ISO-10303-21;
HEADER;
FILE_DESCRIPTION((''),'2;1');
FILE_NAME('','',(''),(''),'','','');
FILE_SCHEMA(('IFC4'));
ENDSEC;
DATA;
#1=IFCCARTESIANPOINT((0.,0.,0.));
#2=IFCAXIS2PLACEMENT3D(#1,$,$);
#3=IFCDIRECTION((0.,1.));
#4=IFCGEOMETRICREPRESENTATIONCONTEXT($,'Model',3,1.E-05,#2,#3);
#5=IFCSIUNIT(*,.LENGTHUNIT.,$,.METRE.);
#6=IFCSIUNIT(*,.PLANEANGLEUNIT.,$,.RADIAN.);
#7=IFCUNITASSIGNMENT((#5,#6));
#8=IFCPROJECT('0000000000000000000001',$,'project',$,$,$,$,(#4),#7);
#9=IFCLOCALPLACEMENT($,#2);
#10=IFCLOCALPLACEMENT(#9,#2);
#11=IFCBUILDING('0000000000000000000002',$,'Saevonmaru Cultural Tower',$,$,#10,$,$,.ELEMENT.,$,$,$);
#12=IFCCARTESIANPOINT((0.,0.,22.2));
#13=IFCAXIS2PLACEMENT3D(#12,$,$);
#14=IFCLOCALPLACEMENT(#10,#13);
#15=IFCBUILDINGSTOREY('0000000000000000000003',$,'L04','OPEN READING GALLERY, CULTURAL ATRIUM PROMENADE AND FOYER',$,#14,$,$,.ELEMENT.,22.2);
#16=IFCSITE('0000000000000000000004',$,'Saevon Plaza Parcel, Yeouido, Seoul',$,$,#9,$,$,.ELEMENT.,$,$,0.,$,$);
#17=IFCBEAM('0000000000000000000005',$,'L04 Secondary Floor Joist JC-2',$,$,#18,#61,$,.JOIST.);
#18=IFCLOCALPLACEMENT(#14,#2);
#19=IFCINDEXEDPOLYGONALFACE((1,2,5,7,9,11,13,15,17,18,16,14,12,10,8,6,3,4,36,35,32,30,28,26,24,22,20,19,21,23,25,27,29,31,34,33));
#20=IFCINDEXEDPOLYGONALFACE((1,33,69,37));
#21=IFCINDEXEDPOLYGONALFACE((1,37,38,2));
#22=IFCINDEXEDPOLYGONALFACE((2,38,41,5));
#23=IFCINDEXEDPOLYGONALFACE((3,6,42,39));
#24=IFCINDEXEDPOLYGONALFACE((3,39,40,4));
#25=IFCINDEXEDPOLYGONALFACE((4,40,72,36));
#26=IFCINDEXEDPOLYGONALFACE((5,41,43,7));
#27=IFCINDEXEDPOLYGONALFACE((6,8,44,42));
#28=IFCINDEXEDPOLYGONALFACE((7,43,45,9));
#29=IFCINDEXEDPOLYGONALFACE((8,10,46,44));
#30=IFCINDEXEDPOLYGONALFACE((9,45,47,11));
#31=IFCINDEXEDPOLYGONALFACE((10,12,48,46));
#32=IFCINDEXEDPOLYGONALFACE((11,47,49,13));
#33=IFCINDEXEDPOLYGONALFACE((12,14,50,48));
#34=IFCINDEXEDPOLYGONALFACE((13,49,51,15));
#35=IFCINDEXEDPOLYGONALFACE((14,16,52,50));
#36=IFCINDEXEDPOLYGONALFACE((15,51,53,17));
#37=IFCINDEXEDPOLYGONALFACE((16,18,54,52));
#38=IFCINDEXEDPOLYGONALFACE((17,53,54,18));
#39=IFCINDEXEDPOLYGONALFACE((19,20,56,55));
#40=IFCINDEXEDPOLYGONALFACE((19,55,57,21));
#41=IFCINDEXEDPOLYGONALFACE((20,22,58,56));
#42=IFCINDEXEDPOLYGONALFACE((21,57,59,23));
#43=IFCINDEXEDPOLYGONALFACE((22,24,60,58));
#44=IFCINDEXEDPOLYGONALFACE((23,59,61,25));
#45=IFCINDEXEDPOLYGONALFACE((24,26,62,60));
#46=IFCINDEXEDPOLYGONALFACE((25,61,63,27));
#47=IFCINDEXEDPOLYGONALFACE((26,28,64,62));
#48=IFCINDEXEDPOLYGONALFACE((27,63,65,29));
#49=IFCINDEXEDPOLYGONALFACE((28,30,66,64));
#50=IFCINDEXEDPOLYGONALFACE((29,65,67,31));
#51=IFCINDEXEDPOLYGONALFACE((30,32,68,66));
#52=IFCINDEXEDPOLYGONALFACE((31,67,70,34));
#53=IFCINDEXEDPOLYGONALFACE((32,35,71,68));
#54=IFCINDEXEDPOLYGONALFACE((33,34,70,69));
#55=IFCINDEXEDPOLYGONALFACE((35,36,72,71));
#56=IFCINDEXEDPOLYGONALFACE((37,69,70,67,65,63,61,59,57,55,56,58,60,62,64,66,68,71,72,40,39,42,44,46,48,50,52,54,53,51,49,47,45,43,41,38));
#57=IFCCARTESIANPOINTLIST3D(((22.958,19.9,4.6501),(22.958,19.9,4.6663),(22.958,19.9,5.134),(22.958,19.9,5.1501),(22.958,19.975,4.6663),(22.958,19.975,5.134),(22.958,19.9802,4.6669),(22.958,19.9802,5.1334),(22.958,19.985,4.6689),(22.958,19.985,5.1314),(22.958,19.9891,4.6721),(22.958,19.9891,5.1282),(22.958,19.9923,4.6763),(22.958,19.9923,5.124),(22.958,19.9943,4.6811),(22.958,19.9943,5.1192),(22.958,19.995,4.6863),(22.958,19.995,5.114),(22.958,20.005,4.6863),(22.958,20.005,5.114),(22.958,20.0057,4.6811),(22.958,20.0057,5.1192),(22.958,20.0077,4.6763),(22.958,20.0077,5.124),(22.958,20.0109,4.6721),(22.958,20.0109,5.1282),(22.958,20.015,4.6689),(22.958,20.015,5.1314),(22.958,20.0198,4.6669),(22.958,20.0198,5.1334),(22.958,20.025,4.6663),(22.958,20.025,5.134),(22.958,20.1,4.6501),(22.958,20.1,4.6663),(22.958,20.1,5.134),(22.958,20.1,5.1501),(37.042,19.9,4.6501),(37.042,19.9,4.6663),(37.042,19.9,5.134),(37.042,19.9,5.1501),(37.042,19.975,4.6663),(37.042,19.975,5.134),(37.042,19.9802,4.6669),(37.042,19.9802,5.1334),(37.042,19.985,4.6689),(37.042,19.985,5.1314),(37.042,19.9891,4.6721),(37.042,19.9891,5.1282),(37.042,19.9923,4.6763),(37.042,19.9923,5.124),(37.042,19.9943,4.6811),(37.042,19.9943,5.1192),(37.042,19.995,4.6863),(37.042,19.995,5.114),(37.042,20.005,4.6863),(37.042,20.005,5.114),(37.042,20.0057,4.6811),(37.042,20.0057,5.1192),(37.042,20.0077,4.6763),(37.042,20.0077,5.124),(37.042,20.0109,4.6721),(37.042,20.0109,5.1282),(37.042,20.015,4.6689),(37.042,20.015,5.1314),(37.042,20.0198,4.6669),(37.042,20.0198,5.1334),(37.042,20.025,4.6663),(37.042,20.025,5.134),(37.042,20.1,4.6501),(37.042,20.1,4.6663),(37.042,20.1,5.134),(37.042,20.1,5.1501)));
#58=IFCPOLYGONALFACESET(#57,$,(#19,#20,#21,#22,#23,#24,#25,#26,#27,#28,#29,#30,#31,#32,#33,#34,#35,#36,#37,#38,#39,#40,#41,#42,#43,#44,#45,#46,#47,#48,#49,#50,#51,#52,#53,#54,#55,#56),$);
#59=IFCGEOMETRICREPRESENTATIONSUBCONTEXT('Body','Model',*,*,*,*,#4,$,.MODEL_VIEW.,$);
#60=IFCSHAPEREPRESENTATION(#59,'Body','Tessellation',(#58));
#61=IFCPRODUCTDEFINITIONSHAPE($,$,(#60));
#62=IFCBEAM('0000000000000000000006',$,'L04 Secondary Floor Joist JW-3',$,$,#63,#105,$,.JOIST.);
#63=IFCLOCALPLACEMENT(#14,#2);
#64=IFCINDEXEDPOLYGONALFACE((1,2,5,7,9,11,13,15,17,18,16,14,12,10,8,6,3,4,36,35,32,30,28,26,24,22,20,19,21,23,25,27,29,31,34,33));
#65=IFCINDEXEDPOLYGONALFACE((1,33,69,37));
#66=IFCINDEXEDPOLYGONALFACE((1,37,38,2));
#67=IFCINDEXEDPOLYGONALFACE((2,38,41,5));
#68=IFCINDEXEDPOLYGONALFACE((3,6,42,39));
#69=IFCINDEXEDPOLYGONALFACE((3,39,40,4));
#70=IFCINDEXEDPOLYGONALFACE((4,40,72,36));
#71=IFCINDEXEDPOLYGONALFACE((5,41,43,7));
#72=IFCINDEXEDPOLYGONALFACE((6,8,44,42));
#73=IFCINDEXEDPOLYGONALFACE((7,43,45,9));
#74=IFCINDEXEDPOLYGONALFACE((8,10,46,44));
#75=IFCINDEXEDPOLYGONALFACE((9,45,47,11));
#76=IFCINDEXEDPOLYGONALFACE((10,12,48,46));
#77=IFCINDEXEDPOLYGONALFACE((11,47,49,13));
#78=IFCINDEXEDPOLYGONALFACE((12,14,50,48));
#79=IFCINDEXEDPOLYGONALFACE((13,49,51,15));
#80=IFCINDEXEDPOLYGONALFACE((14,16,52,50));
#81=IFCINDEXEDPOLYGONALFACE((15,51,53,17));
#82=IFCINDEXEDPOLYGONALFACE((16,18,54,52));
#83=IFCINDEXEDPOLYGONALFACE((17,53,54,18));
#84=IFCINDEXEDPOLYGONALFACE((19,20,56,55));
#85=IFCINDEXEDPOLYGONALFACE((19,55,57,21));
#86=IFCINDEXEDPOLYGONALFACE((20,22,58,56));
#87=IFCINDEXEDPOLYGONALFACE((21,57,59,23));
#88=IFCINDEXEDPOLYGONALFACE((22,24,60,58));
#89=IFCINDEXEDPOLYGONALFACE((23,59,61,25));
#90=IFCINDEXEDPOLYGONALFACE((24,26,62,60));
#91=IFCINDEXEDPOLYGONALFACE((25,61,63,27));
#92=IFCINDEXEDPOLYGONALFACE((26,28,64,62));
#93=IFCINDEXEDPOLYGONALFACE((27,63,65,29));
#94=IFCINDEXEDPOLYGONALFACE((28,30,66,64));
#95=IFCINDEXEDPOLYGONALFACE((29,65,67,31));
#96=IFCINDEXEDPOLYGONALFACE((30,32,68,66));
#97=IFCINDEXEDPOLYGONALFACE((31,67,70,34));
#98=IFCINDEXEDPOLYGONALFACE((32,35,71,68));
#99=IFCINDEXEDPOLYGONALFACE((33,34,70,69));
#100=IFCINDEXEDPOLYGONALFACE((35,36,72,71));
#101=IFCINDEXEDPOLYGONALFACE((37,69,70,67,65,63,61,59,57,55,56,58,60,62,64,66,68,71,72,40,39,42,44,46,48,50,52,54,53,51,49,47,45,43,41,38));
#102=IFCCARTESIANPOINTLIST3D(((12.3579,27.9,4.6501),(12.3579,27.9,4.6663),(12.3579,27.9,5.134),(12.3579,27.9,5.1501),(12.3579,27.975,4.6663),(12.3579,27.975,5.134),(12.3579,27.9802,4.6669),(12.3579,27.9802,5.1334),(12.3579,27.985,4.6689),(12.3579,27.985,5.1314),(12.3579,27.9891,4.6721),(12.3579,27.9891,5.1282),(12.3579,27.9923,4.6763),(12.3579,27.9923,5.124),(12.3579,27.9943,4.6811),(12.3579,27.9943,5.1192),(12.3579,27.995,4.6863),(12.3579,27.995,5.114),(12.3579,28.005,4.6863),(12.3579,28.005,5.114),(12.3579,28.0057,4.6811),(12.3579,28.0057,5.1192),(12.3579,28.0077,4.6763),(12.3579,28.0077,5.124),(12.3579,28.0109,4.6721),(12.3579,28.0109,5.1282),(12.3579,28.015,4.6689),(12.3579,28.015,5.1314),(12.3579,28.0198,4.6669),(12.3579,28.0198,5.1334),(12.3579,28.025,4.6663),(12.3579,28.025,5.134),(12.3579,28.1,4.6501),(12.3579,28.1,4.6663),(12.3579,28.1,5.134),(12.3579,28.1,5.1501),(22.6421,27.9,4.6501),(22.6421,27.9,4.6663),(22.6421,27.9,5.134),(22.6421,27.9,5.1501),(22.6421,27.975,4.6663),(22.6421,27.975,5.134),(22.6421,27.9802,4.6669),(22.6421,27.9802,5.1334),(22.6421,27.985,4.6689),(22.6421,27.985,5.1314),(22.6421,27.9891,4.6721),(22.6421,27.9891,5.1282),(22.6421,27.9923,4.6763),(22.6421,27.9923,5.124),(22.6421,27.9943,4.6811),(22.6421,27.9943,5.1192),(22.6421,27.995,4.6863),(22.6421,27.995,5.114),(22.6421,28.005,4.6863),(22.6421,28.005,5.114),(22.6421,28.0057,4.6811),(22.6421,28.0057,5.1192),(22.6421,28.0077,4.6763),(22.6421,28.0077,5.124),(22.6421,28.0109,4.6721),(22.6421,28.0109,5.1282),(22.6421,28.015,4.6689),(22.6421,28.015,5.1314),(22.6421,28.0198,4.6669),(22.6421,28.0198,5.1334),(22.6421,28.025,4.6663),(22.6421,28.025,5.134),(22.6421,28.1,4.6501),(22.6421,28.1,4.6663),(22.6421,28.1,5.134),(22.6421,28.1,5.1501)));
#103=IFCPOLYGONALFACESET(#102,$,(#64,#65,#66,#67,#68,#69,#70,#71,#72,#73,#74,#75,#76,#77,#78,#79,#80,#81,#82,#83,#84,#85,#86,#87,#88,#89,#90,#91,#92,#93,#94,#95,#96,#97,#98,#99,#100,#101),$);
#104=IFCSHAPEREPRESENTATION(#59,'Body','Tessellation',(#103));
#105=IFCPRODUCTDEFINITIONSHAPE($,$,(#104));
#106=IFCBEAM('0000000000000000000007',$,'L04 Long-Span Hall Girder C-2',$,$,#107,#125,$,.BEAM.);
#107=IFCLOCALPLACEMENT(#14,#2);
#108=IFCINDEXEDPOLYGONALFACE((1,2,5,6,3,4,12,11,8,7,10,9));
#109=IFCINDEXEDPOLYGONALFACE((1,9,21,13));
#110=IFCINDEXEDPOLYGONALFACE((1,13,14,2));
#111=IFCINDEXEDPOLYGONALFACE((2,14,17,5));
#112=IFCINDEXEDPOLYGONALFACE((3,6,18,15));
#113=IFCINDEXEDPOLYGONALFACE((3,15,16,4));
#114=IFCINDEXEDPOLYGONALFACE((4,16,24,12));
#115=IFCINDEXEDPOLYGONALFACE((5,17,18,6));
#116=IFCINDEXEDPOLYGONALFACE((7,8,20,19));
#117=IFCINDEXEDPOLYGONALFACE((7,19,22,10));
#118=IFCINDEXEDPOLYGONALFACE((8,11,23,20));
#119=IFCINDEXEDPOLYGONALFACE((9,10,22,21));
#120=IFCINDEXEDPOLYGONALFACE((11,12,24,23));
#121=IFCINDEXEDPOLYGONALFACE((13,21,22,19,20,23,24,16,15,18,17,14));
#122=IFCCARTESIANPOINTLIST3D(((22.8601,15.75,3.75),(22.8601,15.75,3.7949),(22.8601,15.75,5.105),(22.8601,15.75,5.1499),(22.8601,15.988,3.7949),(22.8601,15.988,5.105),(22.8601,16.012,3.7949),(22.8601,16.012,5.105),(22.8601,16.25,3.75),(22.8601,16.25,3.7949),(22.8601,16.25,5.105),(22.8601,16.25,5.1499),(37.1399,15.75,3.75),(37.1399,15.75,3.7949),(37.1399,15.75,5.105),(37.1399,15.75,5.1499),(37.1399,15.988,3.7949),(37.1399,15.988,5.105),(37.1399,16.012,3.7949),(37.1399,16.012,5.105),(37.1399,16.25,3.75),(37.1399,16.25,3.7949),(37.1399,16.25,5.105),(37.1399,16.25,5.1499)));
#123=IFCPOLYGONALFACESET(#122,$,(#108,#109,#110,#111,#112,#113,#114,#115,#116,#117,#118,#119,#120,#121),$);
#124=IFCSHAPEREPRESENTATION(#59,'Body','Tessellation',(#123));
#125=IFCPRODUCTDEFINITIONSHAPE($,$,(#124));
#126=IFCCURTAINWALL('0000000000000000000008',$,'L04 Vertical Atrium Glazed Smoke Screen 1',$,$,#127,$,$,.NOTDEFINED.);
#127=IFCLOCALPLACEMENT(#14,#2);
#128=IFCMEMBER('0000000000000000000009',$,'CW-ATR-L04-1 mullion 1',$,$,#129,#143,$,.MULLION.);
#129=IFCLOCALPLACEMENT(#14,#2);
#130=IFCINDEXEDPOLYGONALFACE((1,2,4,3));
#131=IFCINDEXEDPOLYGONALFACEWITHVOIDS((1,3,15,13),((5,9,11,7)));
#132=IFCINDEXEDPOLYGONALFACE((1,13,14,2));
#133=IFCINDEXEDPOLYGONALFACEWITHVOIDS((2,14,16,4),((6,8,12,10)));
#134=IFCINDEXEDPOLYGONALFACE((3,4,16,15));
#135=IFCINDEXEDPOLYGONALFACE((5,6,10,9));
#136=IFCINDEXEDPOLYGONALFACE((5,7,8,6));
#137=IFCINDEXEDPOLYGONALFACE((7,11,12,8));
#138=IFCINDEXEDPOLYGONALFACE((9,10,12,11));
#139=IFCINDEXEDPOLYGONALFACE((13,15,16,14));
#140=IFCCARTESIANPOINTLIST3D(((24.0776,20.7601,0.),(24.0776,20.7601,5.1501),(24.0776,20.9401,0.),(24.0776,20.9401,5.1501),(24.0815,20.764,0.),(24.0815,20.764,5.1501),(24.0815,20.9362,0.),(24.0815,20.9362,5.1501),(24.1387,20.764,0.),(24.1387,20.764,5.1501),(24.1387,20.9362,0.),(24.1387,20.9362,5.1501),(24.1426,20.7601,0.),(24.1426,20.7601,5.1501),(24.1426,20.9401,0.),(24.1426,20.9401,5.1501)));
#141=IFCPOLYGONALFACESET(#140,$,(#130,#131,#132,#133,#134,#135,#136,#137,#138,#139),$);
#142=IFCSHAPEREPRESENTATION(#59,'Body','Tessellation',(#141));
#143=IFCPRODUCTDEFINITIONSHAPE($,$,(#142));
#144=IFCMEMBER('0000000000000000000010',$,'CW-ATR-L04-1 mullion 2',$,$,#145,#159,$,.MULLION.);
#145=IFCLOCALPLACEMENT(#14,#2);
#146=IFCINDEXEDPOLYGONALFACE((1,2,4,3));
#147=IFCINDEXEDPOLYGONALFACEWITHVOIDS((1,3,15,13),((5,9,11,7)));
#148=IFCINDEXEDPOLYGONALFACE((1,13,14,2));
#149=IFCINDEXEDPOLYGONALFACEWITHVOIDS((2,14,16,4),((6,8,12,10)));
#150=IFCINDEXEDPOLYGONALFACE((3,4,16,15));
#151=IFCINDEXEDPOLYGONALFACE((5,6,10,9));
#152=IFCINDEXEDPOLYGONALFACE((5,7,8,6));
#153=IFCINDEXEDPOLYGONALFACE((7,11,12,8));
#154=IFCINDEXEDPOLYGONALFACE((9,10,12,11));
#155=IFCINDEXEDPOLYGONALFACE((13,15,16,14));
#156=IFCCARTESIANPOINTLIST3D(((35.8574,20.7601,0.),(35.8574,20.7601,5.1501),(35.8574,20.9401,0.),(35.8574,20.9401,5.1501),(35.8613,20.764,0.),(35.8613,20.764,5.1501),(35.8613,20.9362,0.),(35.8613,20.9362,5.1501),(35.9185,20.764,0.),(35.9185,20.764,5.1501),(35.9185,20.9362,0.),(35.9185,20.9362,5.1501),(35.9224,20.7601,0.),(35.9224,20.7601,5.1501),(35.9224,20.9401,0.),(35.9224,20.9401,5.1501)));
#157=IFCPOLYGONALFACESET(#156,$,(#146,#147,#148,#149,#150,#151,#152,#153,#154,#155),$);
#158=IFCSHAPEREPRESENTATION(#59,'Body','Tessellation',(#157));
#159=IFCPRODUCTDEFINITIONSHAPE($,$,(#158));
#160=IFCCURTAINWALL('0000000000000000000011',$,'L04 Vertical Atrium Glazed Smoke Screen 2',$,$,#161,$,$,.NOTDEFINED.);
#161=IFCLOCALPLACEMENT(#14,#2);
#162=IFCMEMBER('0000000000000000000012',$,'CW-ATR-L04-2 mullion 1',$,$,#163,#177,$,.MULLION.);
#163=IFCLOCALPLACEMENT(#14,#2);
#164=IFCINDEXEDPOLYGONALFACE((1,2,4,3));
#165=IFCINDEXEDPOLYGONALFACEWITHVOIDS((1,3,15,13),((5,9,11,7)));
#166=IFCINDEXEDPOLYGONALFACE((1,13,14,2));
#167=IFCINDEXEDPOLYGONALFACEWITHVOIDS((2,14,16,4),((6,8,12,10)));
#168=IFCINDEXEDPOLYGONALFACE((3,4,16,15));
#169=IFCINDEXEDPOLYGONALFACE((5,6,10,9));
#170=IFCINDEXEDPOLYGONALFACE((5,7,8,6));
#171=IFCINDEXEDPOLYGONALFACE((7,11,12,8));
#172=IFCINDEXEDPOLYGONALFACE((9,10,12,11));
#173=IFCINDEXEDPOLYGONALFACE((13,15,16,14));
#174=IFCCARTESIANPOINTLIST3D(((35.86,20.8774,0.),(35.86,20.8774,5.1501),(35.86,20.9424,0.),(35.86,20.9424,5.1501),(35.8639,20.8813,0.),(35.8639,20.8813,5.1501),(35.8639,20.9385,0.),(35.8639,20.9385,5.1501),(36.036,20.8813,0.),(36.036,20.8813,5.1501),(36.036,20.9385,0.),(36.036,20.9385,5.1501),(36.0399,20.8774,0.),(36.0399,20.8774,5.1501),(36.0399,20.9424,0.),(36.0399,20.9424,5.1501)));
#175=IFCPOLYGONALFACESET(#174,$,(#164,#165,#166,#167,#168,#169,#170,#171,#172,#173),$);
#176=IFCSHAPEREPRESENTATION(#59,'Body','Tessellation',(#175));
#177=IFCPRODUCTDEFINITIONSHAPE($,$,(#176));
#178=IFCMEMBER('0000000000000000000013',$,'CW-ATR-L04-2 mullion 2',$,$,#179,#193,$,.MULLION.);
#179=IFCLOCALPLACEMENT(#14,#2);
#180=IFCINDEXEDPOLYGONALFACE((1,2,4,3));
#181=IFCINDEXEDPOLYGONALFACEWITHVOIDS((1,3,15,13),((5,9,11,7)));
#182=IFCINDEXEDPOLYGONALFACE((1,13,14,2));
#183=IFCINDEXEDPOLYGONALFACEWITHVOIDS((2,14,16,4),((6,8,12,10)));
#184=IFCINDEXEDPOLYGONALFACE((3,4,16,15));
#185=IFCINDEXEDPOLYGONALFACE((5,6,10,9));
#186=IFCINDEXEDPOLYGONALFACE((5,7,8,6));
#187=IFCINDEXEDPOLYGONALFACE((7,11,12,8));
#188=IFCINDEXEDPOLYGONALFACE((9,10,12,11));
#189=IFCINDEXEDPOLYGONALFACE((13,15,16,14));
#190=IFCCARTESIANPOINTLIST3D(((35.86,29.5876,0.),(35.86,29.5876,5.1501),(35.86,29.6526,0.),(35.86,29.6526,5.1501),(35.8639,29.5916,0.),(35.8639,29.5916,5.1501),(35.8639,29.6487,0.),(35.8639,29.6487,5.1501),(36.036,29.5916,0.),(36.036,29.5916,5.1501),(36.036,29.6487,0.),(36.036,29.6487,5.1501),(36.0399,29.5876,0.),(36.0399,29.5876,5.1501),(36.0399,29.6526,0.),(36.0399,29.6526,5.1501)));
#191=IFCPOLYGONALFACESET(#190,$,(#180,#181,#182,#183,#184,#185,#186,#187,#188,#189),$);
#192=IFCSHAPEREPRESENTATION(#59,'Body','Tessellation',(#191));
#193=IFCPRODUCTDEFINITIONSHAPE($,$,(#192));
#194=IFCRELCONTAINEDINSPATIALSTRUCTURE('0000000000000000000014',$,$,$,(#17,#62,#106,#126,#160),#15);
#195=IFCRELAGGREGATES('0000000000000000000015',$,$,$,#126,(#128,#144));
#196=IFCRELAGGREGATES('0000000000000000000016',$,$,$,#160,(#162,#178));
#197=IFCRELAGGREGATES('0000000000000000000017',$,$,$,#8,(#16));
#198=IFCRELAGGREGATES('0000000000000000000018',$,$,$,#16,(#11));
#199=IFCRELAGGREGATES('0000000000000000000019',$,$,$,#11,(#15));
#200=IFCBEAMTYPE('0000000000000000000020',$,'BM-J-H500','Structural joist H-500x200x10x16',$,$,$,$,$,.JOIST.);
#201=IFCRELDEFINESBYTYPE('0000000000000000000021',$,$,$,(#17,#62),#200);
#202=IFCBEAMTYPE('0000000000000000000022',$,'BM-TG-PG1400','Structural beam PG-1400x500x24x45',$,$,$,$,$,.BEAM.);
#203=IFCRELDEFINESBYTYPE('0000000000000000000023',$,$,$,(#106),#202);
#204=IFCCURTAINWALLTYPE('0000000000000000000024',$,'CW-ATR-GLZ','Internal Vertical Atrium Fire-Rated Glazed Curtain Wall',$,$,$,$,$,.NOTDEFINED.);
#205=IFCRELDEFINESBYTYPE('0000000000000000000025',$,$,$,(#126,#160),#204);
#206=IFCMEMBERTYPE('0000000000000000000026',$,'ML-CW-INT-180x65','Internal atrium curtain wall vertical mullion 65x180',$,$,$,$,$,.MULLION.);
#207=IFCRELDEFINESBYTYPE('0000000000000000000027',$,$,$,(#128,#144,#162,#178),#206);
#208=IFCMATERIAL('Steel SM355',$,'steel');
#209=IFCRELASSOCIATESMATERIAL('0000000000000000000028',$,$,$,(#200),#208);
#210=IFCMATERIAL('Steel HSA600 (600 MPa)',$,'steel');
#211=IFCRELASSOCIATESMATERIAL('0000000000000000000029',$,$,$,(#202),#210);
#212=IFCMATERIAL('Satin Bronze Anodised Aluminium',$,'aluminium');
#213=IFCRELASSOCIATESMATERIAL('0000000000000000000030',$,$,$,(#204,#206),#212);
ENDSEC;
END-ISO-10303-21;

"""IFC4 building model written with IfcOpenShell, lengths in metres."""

from ifc_helpers import new_model, si_unit, direction, frame, origin, origin_2d, place, context, subcontext, project, spatial, hollow_rectangle, i_section, extrude, material, material_profile, profile_set, type_object, element, aggregate, save


model = new_model("IFC4")

# Units and contexts
model_context = context("Model", 3, precision=1e-05, world=origin(), true_north=direction((0.0, 1.0)))
body_context = subcontext(model_context, "Body", "Model", "MODEL_VIEW")
ifc_project = project(units=[si_unit("LENGTHUNIT", "METRE"), si_unit("PLANEANGLEUNIT", "RADIAN")], contexts=[model_context])

# Site, building, storey
site_placement = place(None, origin())
site = spatial("IfcSite", under=ifc_project, at=site_placement, Name="Saevon Plaza Parcel, Yeouido, Seoul", CompositionType="ELEMENT", RefElevation=0.0)
building_placement = place(site_placement, origin())
building = spatial("IfcBuilding", under=site, at=building_placement, Name="Saevonmaru Cultural Tower", CompositionType="ELEMENT")
storey_placement = place(building_placement, frame((0.0, 0.0, 22.2)))
storey = spatial("IfcBuildingStorey", under=building, at=storey_placement, Name="L04", Description="OPEN READING GALLERY, CULTURAL ATRIUM PROMENADE AND FOYER", CompositionType="ELEMENT", Elevation=22.2)

# Beams
ifc_material_1 = material(Name="Steel SM355", Category="steel")
ifc_material_profile_1 = material_profile(ifc_material_1, i_section(OverallWidth=0.2, OverallDepth=0.5, WebThickness=0.01, FlangeThickness=0.0161, FilletRadius=0.02, at=origin_2d()), Name="H-500x200x10x16")
ifc_profile_set_1 = profile_set([ifc_material_profile_1], Name="Steel SM355")
beam_type_1 = type_object("IfcBeamType", Name="BM-J-H500", Description="Structural joist H-500x200x10x16", PredefinedType="JOIST", material=ifc_profile_set_1)
beam_1_placement = place(storey_placement, frame((22.958, 20.0, 4.9001), z_axis=(1.0, 0.0, 0.0), x_axis=(0.0, 1.0, 0.0)))
element("IfcBeam", 1, at=beam_1_placement, inside=storey, type_object=beam_type_1, Name="L04 Secondary Floor Joist JC-2", PredefinedType="JOIST", context=body_context, shape_type="SweptSolid", body=[
    extrude(i_section(OverallWidth=0.2, OverallDepth=0.5, WebThickness=0.01, FlangeThickness=0.0161, FilletRadius=0.02, at=origin_2d()), origin(), (0.0, 0.0, 1.0), 14.084),
])
beam_2_placement = place(storey_placement, frame((12.3579, 28.0, 4.9001), z_axis=(1.0, 0.0, 0.0), x_axis=(0.0, 1.0, 0.0)))
element("IfcBeam", 2, at=beam_2_placement, inside=storey, type_object=beam_type_1, Name="L04 Secondary Floor Joist JW-3", PredefinedType="JOIST", context=body_context, shape_type="SweptSolid", body=[
    extrude(i_section(OverallWidth=0.2, OverallDepth=0.5, WebThickness=0.01, FlangeThickness=0.0161, FilletRadius=0.02, at=origin_2d()), origin(), (0.0, 0.0, 1.0), 10.2842),
])
ifc_material_2 = material(Name="Steel HSA600 (600 MPa)", Category="steel")
ifc_material_profile_2 = material_profile(ifc_material_2, i_section(OverallWidth=0.5, OverallDepth=1.3999, WebThickness=0.0239, FlangeThickness=0.0449, at=origin_2d()), Name="PG-1400x500x24x45")
ifc_profile_set_2 = profile_set([ifc_material_profile_2], Name="Steel HSA600 (600 MPa)")
beam_type_2 = type_object("IfcBeamType", Name="BM-TG-PG1400", Description="Structural beam PG-1400x500x24x45", PredefinedType="BEAM", material=ifc_profile_set_2)
beam_3_placement = place(storey_placement, frame((22.8601, 16.0, 4.45), z_axis=(1.0, 0.0, 0.0), x_axis=(0.0, 1.0, 0.0)))
element("IfcBeam", 3, at=beam_3_placement, inside=storey, type_object=beam_type_2, Name="L04 Long-Span Hall Girder C-2", PredefinedType="BEAM", context=body_context, shape_type="SweptSolid", body=[
    extrude(i_section(OverallWidth=0.5, OverallDepth=1.3999, WebThickness=0.0239, FlangeThickness=0.0449, at=origin_2d()), origin(), (0.0, 0.0, 1.0), 14.2798),
])

# Curtain walls, members
ifc_material_3 = material(Name="Satin Bronze Anodised Aluminium", Category="aluminium")
curtain_wall_type = type_object("IfcCurtainWallType", Name="CW-ATR-GLZ", Description="Internal Vertical Atrium Fire-Rated Glazed Curtain Wall", PredefinedType="NOTDEFINED", material=ifc_material_3)
curtain_wall_1_placement = place(storey_placement, origin())
curtain_wall_1 = element("IfcCurtainWall", 4, at=curtain_wall_1_placement, inside=storey, type_object=curtain_wall_type, Name="L04 Vertical Atrium Glazed Smoke Screen 1", PredefinedType="NOTDEFINED")
ifc_material_profile_3 = material_profile(ifc_material_3, hollow_rectangle(XDim=0.0649, YDim=0.1799, WallThickness=0.0039, at=origin_2d()), Name="ALU-MULL-180x65x4")
ifc_profile_set_3 = profile_set([ifc_material_profile_3], Name="Satin Bronze Anodised Aluminium")
member_type_1 = type_object("IfcMemberType", Name="ML-CW-INT-180x65", Description="Internal atrium curtain wall vertical mullion 65x180", PredefinedType="MULLION", material=ifc_profile_set_3)
member_1_placement = place(storey_placement, frame((24.1101, 20.8501, 0.0), z_axis=(0.0, 0.0, 1.0), x_axis=(1.0, 0.0, 0.0)))
member_1 = element("IfcMember", 5, at=member_1_placement, type_object=member_type_1, Name="CW-ATR-L04-1 mullion 1", PredefinedType="MULLION", context=body_context, shape_type="SweptSolid", body=[
    extrude(hollow_rectangle(XDim=0.0649, YDim=0.1799, WallThickness=0.0039, at=origin_2d()), origin(), (0.0, 0.0, 1.0), 5.1501),
])
member_2_placement = place(storey_placement, frame((35.8899, 20.8501, 0.0), z_axis=(0.0, 0.0, 1.0), x_axis=(1.0, 0.0, 0.0)))
member_2 = element("IfcMember", 6, at=member_2_placement, type_object=member_type_1, Name="CW-ATR-L04-1 mullion 2", PredefinedType="MULLION", context=body_context, shape_type="SweptSolid", body=[
    extrude(hollow_rectangle(XDim=0.0649, YDim=0.1799, WallThickness=0.0039, at=origin_2d()), origin(), (0.0, 0.0, 1.0), 5.1501),
])
curtain_wall_2_placement = place(storey_placement, origin())
curtain_wall_2 = element("IfcCurtainWall", 7, at=curtain_wall_2_placement, inside=storey, type_object=curtain_wall_type, Name="L04 Vertical Atrium Glazed Smoke Screen 2", PredefinedType="NOTDEFINED")
member_3_placement = place(storey_placement, frame((35.95, 20.9099, 0.0), z_axis=(0.0, 0.0, 1.0), x_axis=(0.0, 1.0, 0.0)))
member_3 = element("IfcMember", 8, at=member_3_placement, type_object=member_type_1, Name="CW-ATR-L04-2 mullion 1", PredefinedType="MULLION", context=body_context, shape_type="SweptSolid", body=[
    extrude(hollow_rectangle(XDim=0.0649, YDim=0.1799, WallThickness=0.0039, at=origin_2d()), origin(), (0.0, 0.0, 1.0), 5.1501),
])
member_4_placement = place(storey_placement, frame((35.95, 29.6201, 0.0), z_axis=(0.0, 0.0, 1.0), x_axis=(0.0, 1.0, 0.0)))
member_4 = element("IfcMember", 9, at=member_4_placement, type_object=member_type_1, Name="CW-ATR-L04-2 mullion 2", PredefinedType="MULLION", context=body_context, shape_type="SweptSolid", body=[
    extrude(hollow_rectangle(XDim=0.0649, YDim=0.1799, WallThickness=0.0039, at=origin_2d()), origin(), (0.0, 0.0, 1.0), 5.1501),
])

aggregate(curtain_wall_1, [member_1, member_2])
aggregate(curtain_wall_2, [member_3, member_4])

save(model, "model.ifc")
